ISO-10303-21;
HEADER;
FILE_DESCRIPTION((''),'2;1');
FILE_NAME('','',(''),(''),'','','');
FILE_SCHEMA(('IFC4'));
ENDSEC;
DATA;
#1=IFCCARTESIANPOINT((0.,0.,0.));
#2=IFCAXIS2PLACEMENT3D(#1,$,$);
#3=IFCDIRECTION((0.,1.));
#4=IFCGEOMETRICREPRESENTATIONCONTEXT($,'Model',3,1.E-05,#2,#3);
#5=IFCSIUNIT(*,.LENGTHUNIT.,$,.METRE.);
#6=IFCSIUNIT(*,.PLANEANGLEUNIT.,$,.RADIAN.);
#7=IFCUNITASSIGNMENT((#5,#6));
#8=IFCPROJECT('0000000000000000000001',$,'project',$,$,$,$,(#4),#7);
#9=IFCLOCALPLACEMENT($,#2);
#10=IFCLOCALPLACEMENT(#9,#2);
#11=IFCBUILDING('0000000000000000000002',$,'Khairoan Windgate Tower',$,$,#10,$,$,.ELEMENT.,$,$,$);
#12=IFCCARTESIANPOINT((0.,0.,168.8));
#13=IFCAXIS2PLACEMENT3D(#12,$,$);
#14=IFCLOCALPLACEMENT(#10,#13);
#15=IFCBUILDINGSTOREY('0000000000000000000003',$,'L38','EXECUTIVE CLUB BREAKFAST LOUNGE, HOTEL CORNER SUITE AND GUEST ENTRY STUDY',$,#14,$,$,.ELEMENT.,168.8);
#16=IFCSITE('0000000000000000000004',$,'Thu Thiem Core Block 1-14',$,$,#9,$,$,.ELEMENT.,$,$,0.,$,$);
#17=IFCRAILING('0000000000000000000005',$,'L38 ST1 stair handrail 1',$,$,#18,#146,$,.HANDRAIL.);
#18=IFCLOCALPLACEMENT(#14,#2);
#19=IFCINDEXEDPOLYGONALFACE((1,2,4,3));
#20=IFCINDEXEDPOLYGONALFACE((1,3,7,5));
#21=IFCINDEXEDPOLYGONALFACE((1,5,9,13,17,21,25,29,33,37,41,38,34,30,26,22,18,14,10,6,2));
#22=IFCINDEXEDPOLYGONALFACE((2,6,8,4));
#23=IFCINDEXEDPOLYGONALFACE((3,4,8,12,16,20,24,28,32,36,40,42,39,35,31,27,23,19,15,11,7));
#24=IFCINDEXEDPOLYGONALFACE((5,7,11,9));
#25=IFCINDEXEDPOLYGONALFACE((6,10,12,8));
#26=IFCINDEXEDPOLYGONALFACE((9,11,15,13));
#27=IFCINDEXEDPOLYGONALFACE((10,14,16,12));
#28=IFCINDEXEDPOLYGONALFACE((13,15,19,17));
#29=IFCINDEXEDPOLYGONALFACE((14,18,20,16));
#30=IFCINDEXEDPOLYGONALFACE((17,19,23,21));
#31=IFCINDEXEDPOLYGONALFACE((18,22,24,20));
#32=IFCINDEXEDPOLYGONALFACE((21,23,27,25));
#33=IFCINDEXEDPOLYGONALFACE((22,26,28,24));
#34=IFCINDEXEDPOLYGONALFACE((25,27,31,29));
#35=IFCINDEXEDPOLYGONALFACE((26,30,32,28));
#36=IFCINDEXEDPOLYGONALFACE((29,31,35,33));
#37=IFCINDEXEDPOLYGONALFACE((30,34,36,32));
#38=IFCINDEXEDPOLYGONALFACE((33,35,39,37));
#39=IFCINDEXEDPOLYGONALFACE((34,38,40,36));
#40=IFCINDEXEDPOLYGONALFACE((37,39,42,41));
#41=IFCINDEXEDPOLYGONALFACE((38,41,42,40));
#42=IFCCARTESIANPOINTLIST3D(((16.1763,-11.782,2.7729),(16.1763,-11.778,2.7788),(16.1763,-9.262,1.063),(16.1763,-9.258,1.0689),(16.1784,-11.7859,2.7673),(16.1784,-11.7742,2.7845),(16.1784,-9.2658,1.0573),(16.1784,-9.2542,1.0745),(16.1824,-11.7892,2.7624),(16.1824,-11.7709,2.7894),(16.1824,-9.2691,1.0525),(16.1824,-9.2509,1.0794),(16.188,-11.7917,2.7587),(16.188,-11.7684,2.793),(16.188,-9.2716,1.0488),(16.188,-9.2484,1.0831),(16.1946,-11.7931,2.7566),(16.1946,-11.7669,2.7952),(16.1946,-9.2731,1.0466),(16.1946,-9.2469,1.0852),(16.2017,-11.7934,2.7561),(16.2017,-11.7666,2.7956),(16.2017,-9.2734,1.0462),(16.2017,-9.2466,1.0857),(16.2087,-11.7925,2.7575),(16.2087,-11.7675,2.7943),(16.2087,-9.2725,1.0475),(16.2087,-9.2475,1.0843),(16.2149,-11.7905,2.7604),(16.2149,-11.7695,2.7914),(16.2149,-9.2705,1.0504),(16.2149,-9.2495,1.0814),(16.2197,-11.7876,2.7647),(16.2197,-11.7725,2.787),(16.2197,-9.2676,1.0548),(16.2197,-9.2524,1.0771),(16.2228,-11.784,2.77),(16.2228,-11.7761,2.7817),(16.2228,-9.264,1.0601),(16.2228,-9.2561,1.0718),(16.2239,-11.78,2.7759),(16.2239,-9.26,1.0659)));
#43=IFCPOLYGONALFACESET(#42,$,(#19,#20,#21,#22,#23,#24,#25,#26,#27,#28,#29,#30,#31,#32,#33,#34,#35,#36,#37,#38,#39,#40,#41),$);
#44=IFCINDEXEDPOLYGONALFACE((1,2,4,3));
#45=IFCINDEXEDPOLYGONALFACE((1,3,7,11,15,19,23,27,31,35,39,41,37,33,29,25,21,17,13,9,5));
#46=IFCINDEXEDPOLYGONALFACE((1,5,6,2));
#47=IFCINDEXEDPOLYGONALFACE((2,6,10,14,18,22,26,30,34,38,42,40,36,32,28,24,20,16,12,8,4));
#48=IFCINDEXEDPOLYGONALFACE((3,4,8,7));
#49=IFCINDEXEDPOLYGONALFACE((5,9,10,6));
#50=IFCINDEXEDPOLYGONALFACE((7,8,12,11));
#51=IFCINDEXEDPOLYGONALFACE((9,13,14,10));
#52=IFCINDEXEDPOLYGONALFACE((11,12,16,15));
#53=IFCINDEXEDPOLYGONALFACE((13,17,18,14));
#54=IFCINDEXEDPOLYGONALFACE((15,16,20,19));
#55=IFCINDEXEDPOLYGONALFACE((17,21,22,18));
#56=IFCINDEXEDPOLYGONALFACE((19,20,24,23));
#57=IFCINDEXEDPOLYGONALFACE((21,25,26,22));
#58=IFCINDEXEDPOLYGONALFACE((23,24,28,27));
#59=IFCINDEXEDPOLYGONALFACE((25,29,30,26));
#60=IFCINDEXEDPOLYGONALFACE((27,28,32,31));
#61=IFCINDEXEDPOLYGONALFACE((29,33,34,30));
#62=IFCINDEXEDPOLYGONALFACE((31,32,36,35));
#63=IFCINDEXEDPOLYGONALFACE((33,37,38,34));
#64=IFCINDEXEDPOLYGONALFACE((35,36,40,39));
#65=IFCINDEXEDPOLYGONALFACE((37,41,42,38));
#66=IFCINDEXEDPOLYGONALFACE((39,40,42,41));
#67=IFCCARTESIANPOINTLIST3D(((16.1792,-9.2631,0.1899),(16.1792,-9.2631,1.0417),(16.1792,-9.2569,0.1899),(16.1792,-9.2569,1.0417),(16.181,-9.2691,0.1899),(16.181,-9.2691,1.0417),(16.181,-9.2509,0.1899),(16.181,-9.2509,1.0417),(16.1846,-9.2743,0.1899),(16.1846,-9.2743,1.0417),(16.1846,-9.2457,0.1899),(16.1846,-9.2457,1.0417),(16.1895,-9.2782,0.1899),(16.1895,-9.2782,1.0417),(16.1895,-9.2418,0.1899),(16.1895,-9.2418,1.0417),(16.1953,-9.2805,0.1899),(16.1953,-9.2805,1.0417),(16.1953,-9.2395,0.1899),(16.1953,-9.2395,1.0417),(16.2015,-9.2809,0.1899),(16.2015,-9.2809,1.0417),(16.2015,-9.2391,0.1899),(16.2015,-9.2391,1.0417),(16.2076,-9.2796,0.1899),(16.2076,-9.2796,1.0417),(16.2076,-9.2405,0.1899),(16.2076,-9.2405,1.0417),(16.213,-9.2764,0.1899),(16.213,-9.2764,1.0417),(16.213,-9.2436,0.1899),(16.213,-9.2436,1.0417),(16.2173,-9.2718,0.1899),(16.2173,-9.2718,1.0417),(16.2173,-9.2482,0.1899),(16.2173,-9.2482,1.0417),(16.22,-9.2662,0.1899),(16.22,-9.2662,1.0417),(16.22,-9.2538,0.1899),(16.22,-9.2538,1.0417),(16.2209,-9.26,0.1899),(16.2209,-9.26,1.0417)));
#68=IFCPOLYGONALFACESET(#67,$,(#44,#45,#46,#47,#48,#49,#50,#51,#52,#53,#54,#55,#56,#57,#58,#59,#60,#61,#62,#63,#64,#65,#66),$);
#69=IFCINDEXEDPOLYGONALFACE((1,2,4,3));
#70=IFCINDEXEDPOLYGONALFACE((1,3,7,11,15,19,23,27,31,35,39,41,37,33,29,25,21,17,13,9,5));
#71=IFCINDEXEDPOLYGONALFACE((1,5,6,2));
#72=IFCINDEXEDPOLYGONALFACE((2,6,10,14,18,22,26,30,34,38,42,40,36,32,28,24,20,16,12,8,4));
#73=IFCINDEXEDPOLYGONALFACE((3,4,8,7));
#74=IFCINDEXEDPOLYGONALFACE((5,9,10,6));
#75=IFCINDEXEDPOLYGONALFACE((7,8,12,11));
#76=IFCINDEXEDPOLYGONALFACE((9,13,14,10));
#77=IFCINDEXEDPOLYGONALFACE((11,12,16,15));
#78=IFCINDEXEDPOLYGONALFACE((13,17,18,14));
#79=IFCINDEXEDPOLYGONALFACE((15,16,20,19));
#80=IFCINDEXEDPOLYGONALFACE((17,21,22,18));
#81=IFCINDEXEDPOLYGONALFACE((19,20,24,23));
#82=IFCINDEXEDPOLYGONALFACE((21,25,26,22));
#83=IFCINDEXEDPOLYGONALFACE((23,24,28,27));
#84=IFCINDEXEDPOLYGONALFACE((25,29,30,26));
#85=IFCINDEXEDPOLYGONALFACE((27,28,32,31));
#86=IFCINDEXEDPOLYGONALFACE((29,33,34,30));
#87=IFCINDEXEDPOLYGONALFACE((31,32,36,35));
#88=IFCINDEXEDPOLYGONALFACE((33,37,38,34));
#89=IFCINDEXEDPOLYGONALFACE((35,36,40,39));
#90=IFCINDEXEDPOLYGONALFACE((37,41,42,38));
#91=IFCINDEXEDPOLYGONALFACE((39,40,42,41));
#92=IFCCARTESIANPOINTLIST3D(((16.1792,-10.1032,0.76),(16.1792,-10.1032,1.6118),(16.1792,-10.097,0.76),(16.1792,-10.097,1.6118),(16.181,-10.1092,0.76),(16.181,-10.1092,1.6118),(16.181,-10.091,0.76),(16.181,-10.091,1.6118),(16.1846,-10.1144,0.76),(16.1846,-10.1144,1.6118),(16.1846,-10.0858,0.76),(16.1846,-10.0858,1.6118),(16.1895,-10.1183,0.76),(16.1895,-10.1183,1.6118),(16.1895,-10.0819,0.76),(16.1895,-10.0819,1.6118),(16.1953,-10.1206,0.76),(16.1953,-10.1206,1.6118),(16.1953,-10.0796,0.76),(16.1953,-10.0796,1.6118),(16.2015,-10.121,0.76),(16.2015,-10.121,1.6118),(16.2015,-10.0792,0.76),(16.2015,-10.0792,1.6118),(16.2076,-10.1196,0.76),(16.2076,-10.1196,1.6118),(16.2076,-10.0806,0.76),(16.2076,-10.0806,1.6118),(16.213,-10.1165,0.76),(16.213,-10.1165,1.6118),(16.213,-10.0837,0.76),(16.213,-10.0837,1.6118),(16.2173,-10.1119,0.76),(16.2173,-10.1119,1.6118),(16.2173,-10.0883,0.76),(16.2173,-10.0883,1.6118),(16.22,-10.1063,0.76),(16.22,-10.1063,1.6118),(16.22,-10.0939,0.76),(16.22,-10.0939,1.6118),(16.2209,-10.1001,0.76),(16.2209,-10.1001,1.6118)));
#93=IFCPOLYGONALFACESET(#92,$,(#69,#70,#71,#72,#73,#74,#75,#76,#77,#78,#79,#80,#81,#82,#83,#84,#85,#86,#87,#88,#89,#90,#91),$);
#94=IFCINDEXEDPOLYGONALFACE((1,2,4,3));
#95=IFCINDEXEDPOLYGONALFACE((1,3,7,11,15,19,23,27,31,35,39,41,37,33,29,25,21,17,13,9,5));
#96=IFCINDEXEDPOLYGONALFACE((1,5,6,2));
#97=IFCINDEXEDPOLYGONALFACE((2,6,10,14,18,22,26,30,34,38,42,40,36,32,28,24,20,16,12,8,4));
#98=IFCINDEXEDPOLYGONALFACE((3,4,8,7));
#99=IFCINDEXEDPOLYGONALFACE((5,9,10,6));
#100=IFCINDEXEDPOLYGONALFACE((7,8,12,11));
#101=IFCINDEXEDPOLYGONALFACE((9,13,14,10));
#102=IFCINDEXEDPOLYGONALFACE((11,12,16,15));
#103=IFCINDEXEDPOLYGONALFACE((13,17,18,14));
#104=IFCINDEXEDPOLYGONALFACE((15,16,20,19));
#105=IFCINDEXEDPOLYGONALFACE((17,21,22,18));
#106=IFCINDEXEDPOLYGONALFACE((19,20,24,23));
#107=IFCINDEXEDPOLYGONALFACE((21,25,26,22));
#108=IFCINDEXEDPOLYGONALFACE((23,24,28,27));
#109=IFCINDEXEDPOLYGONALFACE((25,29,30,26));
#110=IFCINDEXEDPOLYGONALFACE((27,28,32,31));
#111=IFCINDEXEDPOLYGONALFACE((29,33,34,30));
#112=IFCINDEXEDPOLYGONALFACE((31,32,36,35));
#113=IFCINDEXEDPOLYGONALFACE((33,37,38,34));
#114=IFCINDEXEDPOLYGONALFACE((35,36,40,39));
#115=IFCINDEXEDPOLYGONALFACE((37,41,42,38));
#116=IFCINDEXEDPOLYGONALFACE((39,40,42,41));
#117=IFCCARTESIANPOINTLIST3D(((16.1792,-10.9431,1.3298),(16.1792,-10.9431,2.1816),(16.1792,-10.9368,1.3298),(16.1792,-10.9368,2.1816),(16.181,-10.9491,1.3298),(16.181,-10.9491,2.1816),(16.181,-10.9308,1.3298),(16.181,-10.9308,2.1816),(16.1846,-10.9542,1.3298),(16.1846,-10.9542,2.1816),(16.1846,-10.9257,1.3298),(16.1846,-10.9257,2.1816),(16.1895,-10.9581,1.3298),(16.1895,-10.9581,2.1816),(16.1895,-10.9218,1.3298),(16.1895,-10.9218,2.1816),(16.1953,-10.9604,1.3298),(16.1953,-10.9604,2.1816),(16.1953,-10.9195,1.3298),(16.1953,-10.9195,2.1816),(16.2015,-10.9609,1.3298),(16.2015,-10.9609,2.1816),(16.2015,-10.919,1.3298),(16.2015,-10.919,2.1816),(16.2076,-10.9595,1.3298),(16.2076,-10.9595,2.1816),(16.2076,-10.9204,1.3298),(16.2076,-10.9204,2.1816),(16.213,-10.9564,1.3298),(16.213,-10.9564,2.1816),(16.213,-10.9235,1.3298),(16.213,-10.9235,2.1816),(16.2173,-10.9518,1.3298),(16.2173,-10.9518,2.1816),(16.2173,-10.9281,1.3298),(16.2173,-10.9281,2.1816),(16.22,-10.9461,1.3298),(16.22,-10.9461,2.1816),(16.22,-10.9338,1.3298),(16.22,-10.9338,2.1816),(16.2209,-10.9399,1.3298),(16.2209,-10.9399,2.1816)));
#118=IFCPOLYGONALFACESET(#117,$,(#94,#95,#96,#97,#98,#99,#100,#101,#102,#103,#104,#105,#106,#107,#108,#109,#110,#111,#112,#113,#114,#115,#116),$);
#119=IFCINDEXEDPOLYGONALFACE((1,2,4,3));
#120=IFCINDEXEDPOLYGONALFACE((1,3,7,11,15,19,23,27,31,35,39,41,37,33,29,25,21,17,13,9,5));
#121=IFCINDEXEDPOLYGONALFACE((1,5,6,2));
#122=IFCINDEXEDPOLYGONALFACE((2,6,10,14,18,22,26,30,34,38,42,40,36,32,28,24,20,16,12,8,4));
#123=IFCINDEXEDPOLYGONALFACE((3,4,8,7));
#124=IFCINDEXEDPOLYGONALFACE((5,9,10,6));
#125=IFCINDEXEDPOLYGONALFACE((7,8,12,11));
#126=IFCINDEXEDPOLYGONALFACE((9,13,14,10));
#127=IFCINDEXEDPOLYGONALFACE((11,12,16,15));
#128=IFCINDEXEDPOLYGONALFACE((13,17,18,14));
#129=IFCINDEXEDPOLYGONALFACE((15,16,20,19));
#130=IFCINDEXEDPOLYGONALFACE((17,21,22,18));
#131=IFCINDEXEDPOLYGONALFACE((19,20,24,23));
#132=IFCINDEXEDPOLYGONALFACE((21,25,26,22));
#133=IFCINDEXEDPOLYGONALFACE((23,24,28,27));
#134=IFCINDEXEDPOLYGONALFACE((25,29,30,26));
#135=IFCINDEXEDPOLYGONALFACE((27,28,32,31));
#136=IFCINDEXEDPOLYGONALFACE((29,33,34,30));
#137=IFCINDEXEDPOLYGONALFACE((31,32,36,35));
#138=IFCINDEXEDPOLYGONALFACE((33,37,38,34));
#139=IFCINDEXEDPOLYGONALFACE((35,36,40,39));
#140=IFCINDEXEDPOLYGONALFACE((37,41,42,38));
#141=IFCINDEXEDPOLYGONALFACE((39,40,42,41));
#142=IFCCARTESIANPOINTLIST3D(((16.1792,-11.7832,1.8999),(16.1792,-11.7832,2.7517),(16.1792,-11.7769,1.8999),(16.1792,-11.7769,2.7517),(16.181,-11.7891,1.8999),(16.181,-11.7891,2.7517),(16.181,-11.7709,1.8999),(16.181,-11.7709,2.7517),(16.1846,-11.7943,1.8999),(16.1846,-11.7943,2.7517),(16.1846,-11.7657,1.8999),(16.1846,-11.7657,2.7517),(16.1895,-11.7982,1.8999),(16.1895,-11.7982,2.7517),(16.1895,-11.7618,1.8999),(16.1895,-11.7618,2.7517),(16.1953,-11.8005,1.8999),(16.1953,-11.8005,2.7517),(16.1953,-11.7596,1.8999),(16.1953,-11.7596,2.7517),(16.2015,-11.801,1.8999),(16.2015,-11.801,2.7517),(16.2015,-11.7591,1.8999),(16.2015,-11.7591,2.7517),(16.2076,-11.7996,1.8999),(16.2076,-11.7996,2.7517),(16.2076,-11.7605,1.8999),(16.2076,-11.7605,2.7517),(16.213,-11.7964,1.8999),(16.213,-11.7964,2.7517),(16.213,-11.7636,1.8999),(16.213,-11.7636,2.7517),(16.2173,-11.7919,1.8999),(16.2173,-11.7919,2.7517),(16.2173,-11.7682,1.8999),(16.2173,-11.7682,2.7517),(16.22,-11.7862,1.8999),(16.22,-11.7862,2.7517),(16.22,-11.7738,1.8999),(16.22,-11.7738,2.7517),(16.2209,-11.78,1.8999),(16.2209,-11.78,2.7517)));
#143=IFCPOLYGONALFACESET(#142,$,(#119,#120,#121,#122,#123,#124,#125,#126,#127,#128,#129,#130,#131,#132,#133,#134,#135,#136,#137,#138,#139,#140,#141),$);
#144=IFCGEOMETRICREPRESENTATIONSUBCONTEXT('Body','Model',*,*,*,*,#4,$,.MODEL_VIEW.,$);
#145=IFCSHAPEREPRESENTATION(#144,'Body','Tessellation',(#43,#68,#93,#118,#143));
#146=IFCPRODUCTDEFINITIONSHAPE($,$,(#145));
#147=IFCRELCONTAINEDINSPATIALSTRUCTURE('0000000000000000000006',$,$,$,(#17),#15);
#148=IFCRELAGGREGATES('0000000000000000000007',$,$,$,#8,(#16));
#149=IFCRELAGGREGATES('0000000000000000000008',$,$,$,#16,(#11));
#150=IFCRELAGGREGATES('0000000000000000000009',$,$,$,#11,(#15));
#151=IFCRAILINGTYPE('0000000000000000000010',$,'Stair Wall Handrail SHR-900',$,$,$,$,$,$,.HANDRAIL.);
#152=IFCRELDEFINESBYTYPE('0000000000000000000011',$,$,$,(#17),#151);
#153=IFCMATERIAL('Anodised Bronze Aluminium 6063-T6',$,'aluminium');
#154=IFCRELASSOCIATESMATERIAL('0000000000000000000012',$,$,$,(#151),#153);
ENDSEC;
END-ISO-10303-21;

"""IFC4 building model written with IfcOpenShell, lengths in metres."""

from ifc_helpers import new_model, si_unit, direction, frame, origin, origin_2d, place, context, subcontext, project, spatial, circle, extrude, material, type_object, element, save


model = new_model("IFC4")

# Units and contexts
model_context = context("Model", 3, precision=1e-05, world=origin(), true_north=direction((0.0, 1.0)))
body_context = subcontext(model_context, "Body", "Model", "MODEL_VIEW")
ifc_project = project(units=[si_unit("LENGTHUNIT", "METRE"), si_unit("PLANEANGLEUNIT", "RADIAN")], contexts=[model_context])

# Site, building, storey
site_placement = place(None, origin())
site = spatial("IfcSite", under=ifc_project, at=site_placement, Name="Thu Thiem Core Block 1-14", CompositionType="ELEMENT", RefElevation=0.0)
building_placement = place(site_placement, origin())
building = spatial("IfcBuilding", under=site, at=building_placement, Name="Khairoan Windgate Tower", CompositionType="ELEMENT")
storey_placement = place(building_placement, frame((0.0, 0.0, 168.8)))
storey = spatial("IfcBuildingStorey", under=building, at=storey_placement, Name="L38", Description="EXECUTIVE CLUB BREAKFAST LOUNGE, HOTEL CORNER SUITE AND GUEST ENTRY STUDY", CompositionType="ELEMENT", Elevation=168.8)

# Railing
ifc_material_1 = material(Name="Anodised Bronze Aluminium 6063-T6", Category="aluminium")
railing_type_1 = type_object("IfcRailingType", Name="Stair Wall Handrail SHR-900", PredefinedType="HANDRAIL", material=ifc_material_1)
railing_1_placement = place(storey_placement, frame((16.2, -9.26, 0.1899)))
element("IfcRailing", 1, at=railing_1_placement, inside=storey, type_object=railing_type_1, Name="L38 ST1 stair handrail 1", PredefinedType="HANDRAIL", context=body_context, shape_type="SweptSolid", body=[
    extrude(circle(Radius=0.0239, at=origin_2d()), frame((0.0, 0.0, 0.876), z_axis=(0.0, -0.827484, 0.56149), x_axis=(1.0, 0.0, 0.0)), (0.0, 0.0, 1.0), 3.0454),
    extrude(circle(Radius=0.021, at=origin_2d()), origin(), (0.0, 0.0, 1.0), 0.8518),
    extrude(circle(Radius=0.021, at=origin_2d()), frame((0.0, -0.8401, 0.5701)), (0.0, 0.0, 1.0), 0.8518),
    extrude(circle(Radius=0.021, at=origin_2d()), frame((0.0, -1.6799, 1.1399)), (0.0, 0.0, 1.0), 0.8518),
    extrude(circle(Radius=0.021, at=origin_2d()), frame((0.0, -2.52, 1.71)), (0.0, 0.0, 1.0), 0.8518),
])

save(model, "model.ifc")
